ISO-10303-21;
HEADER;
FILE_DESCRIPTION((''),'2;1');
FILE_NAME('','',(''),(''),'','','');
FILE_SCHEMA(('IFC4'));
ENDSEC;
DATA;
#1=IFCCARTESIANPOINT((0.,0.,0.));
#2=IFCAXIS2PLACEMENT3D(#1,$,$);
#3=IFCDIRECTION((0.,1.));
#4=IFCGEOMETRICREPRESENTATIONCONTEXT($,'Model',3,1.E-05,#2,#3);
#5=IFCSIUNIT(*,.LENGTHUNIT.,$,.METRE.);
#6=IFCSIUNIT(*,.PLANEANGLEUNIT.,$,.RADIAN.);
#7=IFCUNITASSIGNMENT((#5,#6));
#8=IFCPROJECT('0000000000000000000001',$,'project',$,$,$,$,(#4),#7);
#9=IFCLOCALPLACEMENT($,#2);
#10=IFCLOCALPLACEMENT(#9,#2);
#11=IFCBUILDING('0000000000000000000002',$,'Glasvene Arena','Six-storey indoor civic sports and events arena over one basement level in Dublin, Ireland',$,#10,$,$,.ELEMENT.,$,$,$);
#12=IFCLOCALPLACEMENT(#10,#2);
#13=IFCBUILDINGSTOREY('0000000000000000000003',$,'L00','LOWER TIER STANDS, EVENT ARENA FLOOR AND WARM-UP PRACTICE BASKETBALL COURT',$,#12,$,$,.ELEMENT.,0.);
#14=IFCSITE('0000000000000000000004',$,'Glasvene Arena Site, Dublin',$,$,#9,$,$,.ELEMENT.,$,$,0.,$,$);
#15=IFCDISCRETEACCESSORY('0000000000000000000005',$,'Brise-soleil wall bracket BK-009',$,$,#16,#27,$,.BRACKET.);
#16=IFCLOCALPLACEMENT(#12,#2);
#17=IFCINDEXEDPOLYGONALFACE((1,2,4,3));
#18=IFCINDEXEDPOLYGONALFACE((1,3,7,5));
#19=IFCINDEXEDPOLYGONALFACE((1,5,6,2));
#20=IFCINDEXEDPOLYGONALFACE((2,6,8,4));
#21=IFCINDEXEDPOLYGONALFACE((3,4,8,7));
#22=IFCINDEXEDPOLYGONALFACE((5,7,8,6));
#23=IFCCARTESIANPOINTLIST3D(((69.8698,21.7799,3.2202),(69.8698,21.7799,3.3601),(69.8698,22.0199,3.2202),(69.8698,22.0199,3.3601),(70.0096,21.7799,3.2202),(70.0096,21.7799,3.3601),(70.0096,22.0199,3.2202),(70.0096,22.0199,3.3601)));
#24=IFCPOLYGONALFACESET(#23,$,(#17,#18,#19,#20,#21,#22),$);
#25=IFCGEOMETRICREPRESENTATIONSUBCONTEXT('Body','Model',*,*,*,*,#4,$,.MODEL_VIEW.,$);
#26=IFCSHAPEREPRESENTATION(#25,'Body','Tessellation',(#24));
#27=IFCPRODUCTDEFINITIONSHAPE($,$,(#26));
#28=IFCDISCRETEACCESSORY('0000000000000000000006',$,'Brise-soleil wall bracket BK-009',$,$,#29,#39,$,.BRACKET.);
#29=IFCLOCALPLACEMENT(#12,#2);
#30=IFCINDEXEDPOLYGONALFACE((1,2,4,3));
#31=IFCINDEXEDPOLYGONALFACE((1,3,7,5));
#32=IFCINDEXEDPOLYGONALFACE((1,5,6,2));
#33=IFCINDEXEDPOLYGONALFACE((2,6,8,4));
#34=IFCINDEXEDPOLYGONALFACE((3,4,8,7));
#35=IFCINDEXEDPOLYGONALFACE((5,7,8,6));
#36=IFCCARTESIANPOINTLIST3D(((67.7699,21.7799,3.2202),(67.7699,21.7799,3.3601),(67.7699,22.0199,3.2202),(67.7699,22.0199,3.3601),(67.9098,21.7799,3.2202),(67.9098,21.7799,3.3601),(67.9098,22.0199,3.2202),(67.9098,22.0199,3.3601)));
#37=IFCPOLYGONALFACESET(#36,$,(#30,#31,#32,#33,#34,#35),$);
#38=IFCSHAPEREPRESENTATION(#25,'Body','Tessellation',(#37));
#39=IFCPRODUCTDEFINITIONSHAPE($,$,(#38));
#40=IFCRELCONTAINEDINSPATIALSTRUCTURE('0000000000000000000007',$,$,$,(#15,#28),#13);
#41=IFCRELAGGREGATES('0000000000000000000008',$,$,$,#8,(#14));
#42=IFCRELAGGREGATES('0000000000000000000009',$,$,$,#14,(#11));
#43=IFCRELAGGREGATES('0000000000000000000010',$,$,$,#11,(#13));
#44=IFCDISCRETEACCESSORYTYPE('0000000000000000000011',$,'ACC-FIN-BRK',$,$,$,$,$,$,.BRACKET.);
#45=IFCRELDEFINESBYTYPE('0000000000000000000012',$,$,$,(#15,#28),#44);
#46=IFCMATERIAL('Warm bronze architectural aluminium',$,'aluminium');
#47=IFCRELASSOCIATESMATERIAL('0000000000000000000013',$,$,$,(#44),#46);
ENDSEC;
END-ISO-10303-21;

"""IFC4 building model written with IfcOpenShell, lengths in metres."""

from ifc_helpers import new_model, si_unit, direction, frame, origin, origin_2d, place, context, subcontext, project, spatial, rectangle, extrude, material, type_object, element, save


model = new_model("IFC4")

# Units and contexts
model_context = context("Model", 3, precision=1e-05, world=origin(), true_north=direction((0.0, 1.0)))
body_context = subcontext(model_context, "Body", "Model", "MODEL_VIEW")
ifc_project = project(units=[si_unit("LENGTHUNIT", "METRE"), si_unit("PLANEANGLEUNIT", "RADIAN")], contexts=[model_context])

# Site, building, storey
site_placement = place(None, origin())
site = spatial("IfcSite", under=ifc_project, at=site_placement, Name="Glasvene Arena Site, Dublin", CompositionType="ELEMENT", RefElevation=0.0)
building_placement = place(site_placement, origin())
building = spatial("IfcBuilding", under=site, at=building_placement, Name="Glasvene Arena", Description="Six-storey indoor civic sports and events arena over one basement level in Dublin, Ireland", CompositionType="ELEMENT")
storey_placement = place(building_placement, origin())
storey = spatial("IfcBuildingStorey", under=building, at=storey_placement, Name="L00", Description="LOWER TIER STANDS, EVENT ARENA FLOOR AND WARM-UP PRACTICE BASKETBALL COURT", CompositionType="ELEMENT", Elevation=0.0)

# Shared definitions
ifc_material_1 = material(Name="Warm bronze architectural aluminium", Category="aluminium")

# Discrete accessories
discrete_accessory_type = type_object("IfcDiscreteAccessoryType", Name="ACC-FIN-BRK", PredefinedType="BRACKET", material=ifc_material_1)
for number, where, z_axis, x_axis, name in (
    (1, (69.9397, 21.8999, 3.2202), (0.0, 0.0, 1.0), (-1.0, 0.0, 0.0), "Brise-soleil wall bracket BK-009"),
    (2, (67.8398, 21.8999, 3.2202), (0.0, 0.0, 1.0), (-1.0, 0.0, 0.0), "Brise-soleil wall bracket BK-009"),
):
    element("IfcDiscreteAccessory", number, at=place(storey_placement, frame(where, z_axis=z_axis, x_axis=x_axis)), inside=storey, type_object=discrete_accessory_type, Name=name, PredefinedType="BRACKET", context=body_context, shape_type="SweptSolid", body=[
        extrude(rectangle(XDim=0.1399, YDim=0.24, at=origin_2d()), origin(), (0.0, 0.0, 1.0), 0.1399),
    ])

save(model, "model.ifc")
